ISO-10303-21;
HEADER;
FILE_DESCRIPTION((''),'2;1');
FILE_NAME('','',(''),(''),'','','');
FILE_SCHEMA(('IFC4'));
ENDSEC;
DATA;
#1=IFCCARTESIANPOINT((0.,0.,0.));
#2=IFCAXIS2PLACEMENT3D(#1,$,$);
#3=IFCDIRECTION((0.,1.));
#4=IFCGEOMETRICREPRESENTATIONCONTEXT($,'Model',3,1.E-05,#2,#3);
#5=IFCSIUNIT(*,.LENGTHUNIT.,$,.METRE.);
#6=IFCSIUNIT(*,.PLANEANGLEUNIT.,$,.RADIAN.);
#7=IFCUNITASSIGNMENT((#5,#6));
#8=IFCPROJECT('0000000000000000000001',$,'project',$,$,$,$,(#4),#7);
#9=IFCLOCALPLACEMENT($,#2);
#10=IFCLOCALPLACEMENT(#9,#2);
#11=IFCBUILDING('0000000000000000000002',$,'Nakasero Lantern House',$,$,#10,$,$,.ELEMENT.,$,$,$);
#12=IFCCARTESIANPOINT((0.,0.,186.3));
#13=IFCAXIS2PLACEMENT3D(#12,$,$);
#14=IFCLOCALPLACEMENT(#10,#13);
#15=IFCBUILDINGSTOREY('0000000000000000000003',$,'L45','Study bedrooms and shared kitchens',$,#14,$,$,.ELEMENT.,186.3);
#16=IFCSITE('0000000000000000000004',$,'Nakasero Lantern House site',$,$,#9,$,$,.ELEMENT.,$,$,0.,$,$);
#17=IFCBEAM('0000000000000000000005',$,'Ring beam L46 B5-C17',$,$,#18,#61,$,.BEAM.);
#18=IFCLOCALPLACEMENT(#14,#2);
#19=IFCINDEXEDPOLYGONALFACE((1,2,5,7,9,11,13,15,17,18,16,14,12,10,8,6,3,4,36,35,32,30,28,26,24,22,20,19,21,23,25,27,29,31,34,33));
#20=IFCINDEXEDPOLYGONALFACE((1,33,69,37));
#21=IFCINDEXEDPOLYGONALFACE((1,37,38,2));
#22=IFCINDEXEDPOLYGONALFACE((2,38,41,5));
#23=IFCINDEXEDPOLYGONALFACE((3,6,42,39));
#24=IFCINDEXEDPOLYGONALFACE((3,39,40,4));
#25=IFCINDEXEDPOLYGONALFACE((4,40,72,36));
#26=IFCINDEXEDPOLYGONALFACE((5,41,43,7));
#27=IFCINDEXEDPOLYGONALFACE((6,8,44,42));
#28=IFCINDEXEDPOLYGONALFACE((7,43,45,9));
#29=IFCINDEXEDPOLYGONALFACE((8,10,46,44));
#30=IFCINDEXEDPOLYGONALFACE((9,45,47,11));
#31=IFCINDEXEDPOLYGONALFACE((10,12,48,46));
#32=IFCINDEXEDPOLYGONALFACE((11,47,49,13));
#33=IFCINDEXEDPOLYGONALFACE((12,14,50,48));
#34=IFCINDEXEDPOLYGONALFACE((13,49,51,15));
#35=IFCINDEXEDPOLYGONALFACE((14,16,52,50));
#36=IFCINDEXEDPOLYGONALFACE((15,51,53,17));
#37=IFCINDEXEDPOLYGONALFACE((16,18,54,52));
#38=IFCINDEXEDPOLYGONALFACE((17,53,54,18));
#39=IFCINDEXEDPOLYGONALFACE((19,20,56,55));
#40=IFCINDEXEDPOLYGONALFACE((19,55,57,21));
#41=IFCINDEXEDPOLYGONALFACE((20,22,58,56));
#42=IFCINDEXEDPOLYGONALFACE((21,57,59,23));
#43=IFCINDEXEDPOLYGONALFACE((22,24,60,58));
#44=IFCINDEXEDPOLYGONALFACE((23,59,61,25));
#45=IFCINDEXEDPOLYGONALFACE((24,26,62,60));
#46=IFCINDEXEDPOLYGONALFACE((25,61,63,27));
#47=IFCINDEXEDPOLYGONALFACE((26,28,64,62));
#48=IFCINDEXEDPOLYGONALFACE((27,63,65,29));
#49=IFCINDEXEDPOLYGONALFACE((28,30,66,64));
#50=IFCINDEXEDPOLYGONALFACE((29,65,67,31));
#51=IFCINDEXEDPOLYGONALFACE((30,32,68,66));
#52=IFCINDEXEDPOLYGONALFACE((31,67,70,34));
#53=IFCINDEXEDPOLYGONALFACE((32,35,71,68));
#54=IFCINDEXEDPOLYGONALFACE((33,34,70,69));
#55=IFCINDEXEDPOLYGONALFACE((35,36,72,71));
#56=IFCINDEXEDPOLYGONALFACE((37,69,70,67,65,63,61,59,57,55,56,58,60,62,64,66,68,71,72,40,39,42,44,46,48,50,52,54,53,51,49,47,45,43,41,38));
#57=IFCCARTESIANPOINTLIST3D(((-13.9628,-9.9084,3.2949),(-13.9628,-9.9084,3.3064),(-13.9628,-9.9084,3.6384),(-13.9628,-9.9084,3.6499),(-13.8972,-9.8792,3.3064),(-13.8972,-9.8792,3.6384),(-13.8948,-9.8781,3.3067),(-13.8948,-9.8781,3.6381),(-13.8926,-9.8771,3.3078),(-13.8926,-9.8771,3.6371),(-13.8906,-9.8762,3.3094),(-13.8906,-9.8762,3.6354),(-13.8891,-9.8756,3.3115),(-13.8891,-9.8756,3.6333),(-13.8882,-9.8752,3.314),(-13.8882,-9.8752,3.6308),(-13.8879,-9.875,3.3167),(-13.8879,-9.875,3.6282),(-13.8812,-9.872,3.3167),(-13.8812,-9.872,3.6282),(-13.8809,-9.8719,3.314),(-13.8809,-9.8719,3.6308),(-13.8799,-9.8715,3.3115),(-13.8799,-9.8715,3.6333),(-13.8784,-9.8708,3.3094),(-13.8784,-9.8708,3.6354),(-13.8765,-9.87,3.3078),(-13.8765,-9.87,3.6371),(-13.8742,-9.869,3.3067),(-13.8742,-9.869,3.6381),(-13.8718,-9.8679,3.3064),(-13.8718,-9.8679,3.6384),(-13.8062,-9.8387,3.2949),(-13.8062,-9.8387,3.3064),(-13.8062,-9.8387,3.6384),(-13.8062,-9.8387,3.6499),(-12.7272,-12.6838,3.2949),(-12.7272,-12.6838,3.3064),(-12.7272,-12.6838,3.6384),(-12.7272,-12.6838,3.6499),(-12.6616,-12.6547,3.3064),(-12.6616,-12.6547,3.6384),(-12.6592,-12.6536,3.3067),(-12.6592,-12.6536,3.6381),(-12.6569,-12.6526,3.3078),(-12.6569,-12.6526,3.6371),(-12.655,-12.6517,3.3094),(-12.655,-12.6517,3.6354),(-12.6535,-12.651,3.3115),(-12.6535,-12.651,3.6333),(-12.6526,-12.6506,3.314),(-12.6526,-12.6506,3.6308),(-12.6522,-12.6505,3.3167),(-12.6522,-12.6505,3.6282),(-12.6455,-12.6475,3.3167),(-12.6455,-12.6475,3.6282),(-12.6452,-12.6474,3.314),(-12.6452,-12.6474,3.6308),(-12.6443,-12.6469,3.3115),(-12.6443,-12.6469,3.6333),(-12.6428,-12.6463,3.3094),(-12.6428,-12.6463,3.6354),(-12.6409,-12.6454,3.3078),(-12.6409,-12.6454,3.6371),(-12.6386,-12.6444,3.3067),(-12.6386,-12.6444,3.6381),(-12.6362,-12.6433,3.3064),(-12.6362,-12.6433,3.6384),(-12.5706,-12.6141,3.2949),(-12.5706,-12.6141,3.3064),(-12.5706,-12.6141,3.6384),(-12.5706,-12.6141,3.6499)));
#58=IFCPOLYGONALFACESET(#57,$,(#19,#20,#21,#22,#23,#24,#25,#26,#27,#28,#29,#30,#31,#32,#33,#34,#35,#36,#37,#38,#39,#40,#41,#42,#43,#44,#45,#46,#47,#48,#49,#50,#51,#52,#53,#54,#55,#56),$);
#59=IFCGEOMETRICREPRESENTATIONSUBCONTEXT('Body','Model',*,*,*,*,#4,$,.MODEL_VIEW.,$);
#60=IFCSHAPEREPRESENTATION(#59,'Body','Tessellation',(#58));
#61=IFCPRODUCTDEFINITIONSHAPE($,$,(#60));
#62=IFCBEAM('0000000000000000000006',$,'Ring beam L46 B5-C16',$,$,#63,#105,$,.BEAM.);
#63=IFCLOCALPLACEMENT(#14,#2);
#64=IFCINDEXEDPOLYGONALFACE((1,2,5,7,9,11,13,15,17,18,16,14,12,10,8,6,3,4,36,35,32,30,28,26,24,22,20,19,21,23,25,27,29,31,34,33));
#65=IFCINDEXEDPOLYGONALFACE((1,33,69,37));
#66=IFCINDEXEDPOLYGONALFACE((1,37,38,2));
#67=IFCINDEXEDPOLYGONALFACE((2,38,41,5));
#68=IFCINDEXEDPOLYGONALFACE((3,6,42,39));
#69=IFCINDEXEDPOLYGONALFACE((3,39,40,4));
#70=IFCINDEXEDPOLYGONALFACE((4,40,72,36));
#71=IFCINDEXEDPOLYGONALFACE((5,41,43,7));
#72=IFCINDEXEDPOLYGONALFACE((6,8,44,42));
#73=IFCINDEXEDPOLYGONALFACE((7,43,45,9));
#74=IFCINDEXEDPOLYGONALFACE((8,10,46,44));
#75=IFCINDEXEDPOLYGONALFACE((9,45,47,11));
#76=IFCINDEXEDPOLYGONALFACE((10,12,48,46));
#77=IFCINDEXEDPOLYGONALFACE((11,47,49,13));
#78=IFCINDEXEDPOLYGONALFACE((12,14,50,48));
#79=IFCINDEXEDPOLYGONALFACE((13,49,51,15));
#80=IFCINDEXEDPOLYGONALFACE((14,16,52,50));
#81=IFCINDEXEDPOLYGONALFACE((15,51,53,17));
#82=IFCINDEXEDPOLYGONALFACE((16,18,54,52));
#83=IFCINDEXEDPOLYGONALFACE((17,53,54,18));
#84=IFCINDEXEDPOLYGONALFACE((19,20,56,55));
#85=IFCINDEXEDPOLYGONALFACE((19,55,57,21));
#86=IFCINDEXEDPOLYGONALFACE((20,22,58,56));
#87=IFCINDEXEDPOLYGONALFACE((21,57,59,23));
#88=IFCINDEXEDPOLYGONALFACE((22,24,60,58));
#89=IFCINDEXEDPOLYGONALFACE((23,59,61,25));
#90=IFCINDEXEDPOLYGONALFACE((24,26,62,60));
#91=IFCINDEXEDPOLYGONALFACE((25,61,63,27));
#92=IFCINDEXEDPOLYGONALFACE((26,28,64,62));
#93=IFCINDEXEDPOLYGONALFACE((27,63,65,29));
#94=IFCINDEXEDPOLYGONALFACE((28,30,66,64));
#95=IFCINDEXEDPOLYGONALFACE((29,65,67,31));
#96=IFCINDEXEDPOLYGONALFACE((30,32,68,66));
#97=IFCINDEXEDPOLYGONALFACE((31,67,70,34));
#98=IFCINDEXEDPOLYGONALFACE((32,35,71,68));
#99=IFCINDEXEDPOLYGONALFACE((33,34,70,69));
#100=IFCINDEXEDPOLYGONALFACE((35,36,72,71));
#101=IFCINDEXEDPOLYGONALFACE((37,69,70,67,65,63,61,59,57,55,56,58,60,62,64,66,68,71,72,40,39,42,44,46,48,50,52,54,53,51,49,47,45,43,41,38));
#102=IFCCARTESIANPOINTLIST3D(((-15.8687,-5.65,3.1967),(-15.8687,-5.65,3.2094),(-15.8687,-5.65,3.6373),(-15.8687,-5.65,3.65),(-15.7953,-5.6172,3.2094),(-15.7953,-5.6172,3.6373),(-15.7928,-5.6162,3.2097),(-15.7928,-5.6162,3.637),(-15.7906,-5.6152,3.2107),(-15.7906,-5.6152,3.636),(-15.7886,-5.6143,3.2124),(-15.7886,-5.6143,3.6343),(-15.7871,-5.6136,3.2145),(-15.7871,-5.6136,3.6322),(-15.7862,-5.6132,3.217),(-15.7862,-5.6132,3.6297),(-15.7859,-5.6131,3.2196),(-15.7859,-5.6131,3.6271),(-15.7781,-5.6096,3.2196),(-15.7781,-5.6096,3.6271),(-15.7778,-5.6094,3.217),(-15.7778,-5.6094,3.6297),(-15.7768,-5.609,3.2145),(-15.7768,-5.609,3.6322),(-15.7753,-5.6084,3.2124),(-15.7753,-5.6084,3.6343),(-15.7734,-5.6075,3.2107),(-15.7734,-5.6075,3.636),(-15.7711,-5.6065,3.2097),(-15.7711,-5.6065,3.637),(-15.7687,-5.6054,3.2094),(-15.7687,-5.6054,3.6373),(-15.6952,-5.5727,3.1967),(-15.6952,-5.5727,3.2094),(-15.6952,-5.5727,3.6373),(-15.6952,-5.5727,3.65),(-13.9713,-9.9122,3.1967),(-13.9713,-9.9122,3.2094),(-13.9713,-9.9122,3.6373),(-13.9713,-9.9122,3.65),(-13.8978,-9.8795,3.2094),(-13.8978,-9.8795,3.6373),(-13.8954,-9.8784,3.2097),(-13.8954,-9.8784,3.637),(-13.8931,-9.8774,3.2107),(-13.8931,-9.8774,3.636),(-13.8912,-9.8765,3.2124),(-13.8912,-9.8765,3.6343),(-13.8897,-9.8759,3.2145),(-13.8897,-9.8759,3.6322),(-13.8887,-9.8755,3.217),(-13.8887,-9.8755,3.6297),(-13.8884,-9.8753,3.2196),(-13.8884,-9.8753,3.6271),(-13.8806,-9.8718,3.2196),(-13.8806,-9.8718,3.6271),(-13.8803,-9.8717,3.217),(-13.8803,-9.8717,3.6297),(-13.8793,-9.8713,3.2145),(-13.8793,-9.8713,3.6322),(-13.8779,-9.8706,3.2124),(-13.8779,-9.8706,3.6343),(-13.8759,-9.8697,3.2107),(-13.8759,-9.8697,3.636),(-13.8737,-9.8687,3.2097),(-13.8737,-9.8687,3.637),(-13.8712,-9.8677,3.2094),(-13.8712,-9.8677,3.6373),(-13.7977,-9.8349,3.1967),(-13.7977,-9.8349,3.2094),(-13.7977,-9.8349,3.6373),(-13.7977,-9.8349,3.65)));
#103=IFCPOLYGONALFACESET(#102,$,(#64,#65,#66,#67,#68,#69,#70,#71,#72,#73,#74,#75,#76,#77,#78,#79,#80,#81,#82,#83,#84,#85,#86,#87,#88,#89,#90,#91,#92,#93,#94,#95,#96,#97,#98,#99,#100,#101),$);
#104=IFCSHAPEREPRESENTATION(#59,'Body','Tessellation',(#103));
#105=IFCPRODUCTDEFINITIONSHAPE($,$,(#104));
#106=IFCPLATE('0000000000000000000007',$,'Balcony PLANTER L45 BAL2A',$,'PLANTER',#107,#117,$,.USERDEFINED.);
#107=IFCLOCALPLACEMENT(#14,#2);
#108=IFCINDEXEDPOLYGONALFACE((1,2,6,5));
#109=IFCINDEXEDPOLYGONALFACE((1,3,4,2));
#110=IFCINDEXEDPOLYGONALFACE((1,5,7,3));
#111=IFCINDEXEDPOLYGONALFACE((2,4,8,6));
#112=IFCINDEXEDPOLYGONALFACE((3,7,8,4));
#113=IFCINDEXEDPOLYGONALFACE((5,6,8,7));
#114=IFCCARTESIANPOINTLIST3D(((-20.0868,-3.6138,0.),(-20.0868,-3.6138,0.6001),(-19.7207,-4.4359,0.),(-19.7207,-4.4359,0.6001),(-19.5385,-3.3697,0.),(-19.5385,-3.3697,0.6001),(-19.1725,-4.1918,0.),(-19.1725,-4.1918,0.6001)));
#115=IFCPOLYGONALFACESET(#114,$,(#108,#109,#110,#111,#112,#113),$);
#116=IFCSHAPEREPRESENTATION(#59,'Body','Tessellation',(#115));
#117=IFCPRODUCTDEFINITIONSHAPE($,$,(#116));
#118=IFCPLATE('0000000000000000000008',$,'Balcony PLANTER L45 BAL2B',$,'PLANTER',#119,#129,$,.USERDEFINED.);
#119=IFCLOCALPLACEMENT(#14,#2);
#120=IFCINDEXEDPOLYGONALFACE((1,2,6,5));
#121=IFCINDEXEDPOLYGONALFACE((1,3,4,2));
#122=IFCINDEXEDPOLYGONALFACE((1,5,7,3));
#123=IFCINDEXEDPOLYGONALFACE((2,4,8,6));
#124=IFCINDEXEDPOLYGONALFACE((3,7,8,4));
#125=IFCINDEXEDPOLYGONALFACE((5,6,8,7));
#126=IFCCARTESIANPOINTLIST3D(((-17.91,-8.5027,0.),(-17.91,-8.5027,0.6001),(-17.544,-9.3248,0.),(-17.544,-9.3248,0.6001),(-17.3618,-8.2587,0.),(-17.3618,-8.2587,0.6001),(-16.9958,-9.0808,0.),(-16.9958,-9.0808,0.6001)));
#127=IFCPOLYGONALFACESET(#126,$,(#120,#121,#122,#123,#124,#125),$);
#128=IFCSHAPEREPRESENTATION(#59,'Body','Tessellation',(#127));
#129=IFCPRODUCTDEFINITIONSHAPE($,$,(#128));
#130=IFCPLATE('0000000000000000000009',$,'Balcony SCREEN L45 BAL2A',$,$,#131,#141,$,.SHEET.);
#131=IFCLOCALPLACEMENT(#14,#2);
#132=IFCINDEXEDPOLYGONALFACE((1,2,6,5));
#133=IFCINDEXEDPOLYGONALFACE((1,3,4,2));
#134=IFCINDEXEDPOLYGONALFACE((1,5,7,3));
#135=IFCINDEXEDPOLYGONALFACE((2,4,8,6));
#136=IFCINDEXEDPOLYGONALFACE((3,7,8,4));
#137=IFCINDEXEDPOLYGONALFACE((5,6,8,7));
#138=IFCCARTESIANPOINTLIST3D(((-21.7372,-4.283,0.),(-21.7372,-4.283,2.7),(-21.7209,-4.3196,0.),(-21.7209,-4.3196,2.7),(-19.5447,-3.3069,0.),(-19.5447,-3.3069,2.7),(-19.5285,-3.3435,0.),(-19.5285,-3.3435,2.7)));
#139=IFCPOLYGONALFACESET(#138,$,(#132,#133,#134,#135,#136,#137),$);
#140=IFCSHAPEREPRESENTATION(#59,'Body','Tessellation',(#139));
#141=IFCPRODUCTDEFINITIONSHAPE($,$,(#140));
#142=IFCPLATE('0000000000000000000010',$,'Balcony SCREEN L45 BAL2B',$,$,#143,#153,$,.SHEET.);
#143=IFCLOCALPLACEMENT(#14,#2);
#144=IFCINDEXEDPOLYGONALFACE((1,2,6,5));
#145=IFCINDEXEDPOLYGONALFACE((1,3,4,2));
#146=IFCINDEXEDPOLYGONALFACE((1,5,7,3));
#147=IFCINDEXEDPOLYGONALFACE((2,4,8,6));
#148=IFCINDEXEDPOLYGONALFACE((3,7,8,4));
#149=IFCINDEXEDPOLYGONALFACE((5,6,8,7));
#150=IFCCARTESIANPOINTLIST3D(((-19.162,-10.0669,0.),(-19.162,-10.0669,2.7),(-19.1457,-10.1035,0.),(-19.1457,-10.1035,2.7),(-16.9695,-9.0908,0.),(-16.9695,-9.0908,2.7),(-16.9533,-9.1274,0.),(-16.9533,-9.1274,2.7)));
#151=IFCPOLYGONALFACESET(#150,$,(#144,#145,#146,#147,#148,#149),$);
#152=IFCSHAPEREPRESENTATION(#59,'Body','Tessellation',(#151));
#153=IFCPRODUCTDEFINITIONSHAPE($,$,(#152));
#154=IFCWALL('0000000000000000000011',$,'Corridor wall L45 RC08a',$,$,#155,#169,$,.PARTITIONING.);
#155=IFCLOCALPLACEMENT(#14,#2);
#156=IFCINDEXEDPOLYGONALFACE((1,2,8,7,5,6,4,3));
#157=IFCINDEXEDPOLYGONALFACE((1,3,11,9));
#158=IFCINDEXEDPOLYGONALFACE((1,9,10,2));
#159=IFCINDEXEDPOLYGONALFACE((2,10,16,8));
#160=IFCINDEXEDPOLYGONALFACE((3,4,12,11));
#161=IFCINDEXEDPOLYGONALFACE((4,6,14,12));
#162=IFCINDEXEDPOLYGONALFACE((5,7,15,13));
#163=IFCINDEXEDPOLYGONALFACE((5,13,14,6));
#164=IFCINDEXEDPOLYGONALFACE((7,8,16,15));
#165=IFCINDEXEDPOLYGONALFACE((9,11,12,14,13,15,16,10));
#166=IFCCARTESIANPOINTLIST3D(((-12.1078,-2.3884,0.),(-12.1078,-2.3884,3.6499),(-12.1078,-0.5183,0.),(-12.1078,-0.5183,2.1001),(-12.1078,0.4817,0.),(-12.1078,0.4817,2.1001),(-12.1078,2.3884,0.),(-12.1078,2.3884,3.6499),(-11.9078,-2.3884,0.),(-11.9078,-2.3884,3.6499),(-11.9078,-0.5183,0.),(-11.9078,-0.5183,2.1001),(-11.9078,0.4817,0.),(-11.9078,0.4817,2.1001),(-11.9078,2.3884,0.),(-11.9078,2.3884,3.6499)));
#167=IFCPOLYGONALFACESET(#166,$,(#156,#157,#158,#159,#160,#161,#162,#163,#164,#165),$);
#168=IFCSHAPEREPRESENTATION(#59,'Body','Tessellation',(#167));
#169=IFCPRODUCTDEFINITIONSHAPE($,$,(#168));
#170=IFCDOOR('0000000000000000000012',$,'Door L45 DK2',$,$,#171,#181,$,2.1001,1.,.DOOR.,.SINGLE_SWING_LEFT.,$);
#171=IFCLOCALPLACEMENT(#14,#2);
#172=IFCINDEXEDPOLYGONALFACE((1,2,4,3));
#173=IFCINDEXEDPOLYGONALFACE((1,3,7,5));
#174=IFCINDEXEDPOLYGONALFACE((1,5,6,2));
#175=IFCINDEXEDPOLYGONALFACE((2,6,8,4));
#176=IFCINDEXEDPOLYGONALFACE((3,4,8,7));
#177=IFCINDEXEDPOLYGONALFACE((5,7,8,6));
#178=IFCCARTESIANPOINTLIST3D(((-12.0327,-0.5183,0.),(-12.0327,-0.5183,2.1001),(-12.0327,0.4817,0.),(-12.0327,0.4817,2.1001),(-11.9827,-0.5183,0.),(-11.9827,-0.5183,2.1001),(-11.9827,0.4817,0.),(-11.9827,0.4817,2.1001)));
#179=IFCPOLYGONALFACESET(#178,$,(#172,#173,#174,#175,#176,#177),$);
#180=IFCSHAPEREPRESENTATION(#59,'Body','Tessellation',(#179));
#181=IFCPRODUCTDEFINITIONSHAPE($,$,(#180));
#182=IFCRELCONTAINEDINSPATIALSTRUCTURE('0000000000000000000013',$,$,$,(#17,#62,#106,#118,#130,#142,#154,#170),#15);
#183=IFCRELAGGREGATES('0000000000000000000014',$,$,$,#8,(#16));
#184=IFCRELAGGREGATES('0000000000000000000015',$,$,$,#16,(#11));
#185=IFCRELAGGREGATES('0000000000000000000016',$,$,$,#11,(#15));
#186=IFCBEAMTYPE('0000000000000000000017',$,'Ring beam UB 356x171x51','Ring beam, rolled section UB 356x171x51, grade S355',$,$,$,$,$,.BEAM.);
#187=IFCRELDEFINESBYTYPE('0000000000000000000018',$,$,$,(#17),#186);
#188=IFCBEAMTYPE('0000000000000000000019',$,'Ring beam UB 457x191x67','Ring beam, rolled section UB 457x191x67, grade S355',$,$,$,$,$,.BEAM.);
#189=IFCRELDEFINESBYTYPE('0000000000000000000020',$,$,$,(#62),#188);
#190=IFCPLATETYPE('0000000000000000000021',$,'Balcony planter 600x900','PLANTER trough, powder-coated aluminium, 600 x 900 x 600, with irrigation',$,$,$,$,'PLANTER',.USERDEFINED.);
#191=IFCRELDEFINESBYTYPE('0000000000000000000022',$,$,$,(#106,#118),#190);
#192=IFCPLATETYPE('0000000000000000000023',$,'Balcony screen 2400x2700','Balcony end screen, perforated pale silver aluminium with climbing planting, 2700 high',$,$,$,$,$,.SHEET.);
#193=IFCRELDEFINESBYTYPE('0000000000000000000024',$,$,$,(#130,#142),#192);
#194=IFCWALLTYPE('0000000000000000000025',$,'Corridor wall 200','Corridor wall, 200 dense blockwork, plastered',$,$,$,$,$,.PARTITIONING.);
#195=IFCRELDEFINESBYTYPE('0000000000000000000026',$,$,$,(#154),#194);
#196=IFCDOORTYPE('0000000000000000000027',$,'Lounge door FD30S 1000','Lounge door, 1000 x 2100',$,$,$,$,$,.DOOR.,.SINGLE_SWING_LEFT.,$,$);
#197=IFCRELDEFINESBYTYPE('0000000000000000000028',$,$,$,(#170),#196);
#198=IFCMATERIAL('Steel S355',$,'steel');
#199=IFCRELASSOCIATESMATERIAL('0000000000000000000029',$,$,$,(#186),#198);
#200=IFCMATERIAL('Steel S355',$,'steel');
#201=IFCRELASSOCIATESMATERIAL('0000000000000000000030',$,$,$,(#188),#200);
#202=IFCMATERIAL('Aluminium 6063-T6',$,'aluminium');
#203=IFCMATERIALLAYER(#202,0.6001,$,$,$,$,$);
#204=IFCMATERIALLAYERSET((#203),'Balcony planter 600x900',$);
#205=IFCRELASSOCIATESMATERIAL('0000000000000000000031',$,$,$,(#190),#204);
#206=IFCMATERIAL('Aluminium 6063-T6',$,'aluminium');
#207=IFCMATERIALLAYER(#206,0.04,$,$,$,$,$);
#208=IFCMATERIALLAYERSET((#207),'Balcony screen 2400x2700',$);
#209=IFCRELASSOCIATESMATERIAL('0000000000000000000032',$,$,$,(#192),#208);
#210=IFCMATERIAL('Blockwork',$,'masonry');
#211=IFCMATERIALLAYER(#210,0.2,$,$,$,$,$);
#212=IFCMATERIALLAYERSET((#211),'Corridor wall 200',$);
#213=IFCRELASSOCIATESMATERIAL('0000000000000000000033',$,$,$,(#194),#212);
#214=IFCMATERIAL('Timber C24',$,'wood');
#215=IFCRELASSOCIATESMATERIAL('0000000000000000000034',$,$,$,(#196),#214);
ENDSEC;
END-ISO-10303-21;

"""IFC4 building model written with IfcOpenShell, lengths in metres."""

from ifc_helpers import new_model, si_unit, direction, frame, frame_2d, origin, origin_2d, place, context, subcontext, project, spatial, rectangle, i_section, extrude, material, layer, layer_set, material_profile, profile_set, type_object, element, fill, save


model = new_model("IFC4")

# Units and contexts
model_context = context("Model", 3, precision=1e-05, world=origin(), true_north=direction((0.0, 1.0)))
body_context = subcontext(model_context, "Body", "Model", "MODEL_VIEW")
ifc_project = project(units=[si_unit("LENGTHUNIT", "METRE"), si_unit("PLANEANGLEUNIT", "RADIAN")], contexts=[model_context])

# Site, building, storey
site_placement = place(None, origin())
site = spatial("IfcSite", under=ifc_project, at=site_placement, Name="Nakasero Lantern House site", CompositionType="ELEMENT", RefElevation=0.0)
building_placement = place(site_placement, origin())
building = spatial("IfcBuilding", under=site, at=building_placement, Name="Nakasero Lantern House", CompositionType="ELEMENT")
storey_placement = place(building_placement, frame((0.0, 0.0, 186.3)))
storey = spatial("IfcBuildingStorey", under=building, at=storey_placement, Name="L45", Description="Study bedrooms and shared kitchens", CompositionType="ELEMENT", Elevation=186.3)

# Beams
ifc_material_1 = material(Name="Steel S355", Category="steel")
ifc_material_profile_1 = material_profile(ifc_material_1, i_section(OverallWidth=0.1714, OverallDepth=0.355, WebThickness=0.0073, FlangeThickness=0.0115, FilletRadius=0.0103, at=origin_2d()), Name="UB 356x171x51")
ifc_profile_set_1 = profile_set([ifc_material_profile_1], Name="Steel S355")
beam_type_1 = type_object("IfcBeamType", Name="Ring beam UB 356x171x51", Description="Ring beam, rolled section UB 356x171x51, grade S355", PredefinedType="BEAM", material=ifc_profile_set_1)
beam_1_placement = place(storey_placement, frame((-13.8845, -9.8735, 3.4724), z_axis=(0.406713, -0.913556, 0.0), x_axis=(0.913556, 0.406713, 0.0)))
element("IfcBeam", 1, at=beam_1_placement, inside=storey, type_object=beam_type_1, Name="Ring beam L46 B5-C17", PredefinedType="BEAM", context=body_context, shape_type="SweptSolid", body=[
    extrude(i_section(OverallWidth=0.1714, OverallDepth=0.355, WebThickness=0.0073, FlangeThickness=0.0115, FilletRadius=0.0103, at=origin_2d()), origin(), (0.0, 0.0, 1.0), 3.0381),
])
ifc_material_2 = material(Name="Steel S355", Category="steel")
ifc_material_profile_2 = material_profile(ifc_material_2, i_section(OverallWidth=0.1899, OverallDepth=0.4534, WebThickness=0.0085, FlangeThickness=0.0127, FilletRadius=0.0103, at=origin_2d()), Name="UB 457x191x67")
ifc_profile_set_2 = profile_set([ifc_material_profile_2], Name="Steel S355")
beam_type_2 = type_object("IfcBeamType", Name="Ring beam UB 457x191x67", Description="Ring beam, rolled section UB 457x191x67, grade S355", PredefinedType="BEAM", material=ifc_profile_set_2)
beam_2_placement = place(storey_placement, frame((-15.782, -5.6113, 3.4233), z_axis=(0.406702, -0.913561, 0.0), x_axis=(0.913561, 0.406702, 0.0)))
element("IfcBeam", 2, at=beam_2_placement, inside=storey, type_object=beam_type_2, Name="Ring beam L46 B5-C16", PredefinedType="BEAM", context=body_context, shape_type="SweptSolid", body=[
    extrude(i_section(OverallWidth=0.1899, OverallDepth=0.4534, WebThickness=0.0085, FlangeThickness=0.0127, FilletRadius=0.0103, at=origin_2d()), origin(), (0.0, 0.0, 1.0), 4.6655),
])

# Plates
ifc_material_3 = material(Name="Aluminium 6063-T6", Category="aluminium")
ifc_layer_1 = layer(ifc_material_3, 0.6001)
ifc_layer_set_1 = layer_set([ifc_layer_1], Name="Balcony planter 600x900")
plate_type_1 = type_object("IfcPlateType", Name="Balcony planter 600x900", Description="PLANTER trough, powder-coated aluminium, 600 x 900 x 600, with irrigation", ElementType="PLANTER", PredefinedType="USERDEFINED", material=ifc_layer_set_1)
for number, where, z_axis, x_axis, name in (
    (3, (-19.6296, -3.9028, 0.0), (0.0, 0.0, 1.0), (-0.913545, -0.406737, 0.0), "Balcony PLANTER L45 BAL2A"),
    (4, (-17.4529, -8.7917, 0.0), (0.0, 0.0, 1.0), (-0.913545, -0.406737, 0.0), "Balcony PLANTER L45 BAL2B"),
):
    element("IfcPlate", number, at=place(storey_placement, frame(where, z_axis=z_axis, x_axis=x_axis)), inside=storey, type_object=plate_type_1, Name=name, ObjectType="PLANTER", PredefinedType="USERDEFINED", context=body_context, shape_type="SweptSolid", body=[
        extrude(rectangle(XDim=0.6001, YDim=0.8999, at=origin_2d()), origin(), (0.0, 0.0, 1.0), 0.6001),
    ])
ifc_material_4 = material(Name="Aluminium 6063-T6", Category="aluminium")
ifc_layer_2 = layer(ifc_material_4, 0.04)
ifc_layer_set_2 = layer_set([ifc_layer_2], Name="Balcony screen 2400x2700")
plate_type_2 = type_object("IfcPlateType", Name="Balcony screen 2400x2700", Description="Balcony end screen, perforated pale silver aluminium with climbing planting, 2700 high", PredefinedType="SHEET", material=ifc_layer_set_2)
for number, where, z_axis, x_axis, name in (
    (5, (-20.6328, -3.8132, 0.0), (0.0, 0.0, 1.0), (-0.913545, -0.406737, 0.0), "Balcony SCREEN L45 BAL2A"),
    (6, (-18.0576, -9.5972, 0.0), (0.0, 0.0, 1.0), (-0.913545, -0.406737, 0.0), "Balcony SCREEN L45 BAL2B"),
):
    element("IfcPlate", number, at=place(storey_placement, frame(where, z_axis=z_axis, x_axis=x_axis)), inside=storey, type_object=plate_type_2, Name=name, PredefinedType="SHEET", context=body_context, shape_type="SweptSolid", body=[
        extrude(rectangle(XDim=2.3999, YDim=0.04, at=origin_2d()), origin(), (0.0, 0.0, 1.0), 2.7),
    ])

# Wall, opening, door
ifc_material_5 = material(Name="Blockwork", Category="masonry")
ifc_layer_3 = layer(ifc_material_5, 0.2)
ifc_layer_set_3 = layer_set([ifc_layer_3], Name="Corridor wall 200")
wall_type_1 = type_object("IfcWallType", Name="Corridor wall 200", Description="Corridor wall, 200 dense blockwork, plastered", PredefinedType="PARTITIONING", material=ifc_layer_set_3)
wall_1_placement = place(storey_placement, frame((-12.0078, -2.3884, 0.0), z_axis=(0.0, 0.0, 1.0), x_axis=(0.0, 1.0, 0.0)))
wall_1 = element("IfcWall", 7, at=wall_1_placement, inside=storey, type_object=wall_type_1, Name="Corridor wall L45 RC08a", PredefinedType="PARTITIONING", context=body_context, shape_type="SweptSolid", body=[
    extrude(rectangle(XDim=4.7769, YDim=0.2, at=frame_2d((2.3884, 0.0))), origin(), (0.0, 0.0, 1.0), 3.6499),
])
opening_1_placement = place(wall_1_placement, frame((1.8701, 0.0, 0.0)))
opening_1 = element("IfcOpeningElement", 8, at=opening_1_placement, cuts=wall_1, PredefinedType="OPENING", context=body_context, shape_type="SweptSolid", body=[
    extrude(rectangle(XDim=1.0, YDim=2.1001, at=frame_2d((0.5, 1.05))), frame((0.0, 0.1199, 0.0), z_axis=(0.0, -1.0, 0.0), x_axis=(1.0, 0.0, 0.0)), (0.0, 0.0, 1.0), 0.24),
])
ifc_material_6 = material(Name="Timber C24", Category="wood")
door_type_1 = type_object("IfcDoorType", Name="Lounge door FD30S 1000", Description="Lounge door, 1000 x 2100", OperationType="SINGLE_SWING_LEFT", PredefinedType="DOOR", material=ifc_material_6)
door_1_placement = place(opening_1_placement, origin())
door_1 = element("IfcDoor", 9, at=door_1_placement, inside=storey, type_object=door_type_1, Name="Door L45 DK2", OperationType="SINGLE_SWING_LEFT", OverallHeight=2.1001, OverallWidth=1.0, PredefinedType="DOOR", context=body_context, shape_type="SweptSolid", body=[
    extrude(rectangle(XDim=1.0, YDim=2.1001, at=frame_2d((0.5, 1.05))), frame((0.0, 0.0249, 0.0), z_axis=(0.0, -1.0, 0.0), x_axis=(1.0, 0.0, 0.0)), (0.0, 0.0, 1.0), 0.05),
])
fill(opening_1, door_1)

save(model, "model.ifc")
